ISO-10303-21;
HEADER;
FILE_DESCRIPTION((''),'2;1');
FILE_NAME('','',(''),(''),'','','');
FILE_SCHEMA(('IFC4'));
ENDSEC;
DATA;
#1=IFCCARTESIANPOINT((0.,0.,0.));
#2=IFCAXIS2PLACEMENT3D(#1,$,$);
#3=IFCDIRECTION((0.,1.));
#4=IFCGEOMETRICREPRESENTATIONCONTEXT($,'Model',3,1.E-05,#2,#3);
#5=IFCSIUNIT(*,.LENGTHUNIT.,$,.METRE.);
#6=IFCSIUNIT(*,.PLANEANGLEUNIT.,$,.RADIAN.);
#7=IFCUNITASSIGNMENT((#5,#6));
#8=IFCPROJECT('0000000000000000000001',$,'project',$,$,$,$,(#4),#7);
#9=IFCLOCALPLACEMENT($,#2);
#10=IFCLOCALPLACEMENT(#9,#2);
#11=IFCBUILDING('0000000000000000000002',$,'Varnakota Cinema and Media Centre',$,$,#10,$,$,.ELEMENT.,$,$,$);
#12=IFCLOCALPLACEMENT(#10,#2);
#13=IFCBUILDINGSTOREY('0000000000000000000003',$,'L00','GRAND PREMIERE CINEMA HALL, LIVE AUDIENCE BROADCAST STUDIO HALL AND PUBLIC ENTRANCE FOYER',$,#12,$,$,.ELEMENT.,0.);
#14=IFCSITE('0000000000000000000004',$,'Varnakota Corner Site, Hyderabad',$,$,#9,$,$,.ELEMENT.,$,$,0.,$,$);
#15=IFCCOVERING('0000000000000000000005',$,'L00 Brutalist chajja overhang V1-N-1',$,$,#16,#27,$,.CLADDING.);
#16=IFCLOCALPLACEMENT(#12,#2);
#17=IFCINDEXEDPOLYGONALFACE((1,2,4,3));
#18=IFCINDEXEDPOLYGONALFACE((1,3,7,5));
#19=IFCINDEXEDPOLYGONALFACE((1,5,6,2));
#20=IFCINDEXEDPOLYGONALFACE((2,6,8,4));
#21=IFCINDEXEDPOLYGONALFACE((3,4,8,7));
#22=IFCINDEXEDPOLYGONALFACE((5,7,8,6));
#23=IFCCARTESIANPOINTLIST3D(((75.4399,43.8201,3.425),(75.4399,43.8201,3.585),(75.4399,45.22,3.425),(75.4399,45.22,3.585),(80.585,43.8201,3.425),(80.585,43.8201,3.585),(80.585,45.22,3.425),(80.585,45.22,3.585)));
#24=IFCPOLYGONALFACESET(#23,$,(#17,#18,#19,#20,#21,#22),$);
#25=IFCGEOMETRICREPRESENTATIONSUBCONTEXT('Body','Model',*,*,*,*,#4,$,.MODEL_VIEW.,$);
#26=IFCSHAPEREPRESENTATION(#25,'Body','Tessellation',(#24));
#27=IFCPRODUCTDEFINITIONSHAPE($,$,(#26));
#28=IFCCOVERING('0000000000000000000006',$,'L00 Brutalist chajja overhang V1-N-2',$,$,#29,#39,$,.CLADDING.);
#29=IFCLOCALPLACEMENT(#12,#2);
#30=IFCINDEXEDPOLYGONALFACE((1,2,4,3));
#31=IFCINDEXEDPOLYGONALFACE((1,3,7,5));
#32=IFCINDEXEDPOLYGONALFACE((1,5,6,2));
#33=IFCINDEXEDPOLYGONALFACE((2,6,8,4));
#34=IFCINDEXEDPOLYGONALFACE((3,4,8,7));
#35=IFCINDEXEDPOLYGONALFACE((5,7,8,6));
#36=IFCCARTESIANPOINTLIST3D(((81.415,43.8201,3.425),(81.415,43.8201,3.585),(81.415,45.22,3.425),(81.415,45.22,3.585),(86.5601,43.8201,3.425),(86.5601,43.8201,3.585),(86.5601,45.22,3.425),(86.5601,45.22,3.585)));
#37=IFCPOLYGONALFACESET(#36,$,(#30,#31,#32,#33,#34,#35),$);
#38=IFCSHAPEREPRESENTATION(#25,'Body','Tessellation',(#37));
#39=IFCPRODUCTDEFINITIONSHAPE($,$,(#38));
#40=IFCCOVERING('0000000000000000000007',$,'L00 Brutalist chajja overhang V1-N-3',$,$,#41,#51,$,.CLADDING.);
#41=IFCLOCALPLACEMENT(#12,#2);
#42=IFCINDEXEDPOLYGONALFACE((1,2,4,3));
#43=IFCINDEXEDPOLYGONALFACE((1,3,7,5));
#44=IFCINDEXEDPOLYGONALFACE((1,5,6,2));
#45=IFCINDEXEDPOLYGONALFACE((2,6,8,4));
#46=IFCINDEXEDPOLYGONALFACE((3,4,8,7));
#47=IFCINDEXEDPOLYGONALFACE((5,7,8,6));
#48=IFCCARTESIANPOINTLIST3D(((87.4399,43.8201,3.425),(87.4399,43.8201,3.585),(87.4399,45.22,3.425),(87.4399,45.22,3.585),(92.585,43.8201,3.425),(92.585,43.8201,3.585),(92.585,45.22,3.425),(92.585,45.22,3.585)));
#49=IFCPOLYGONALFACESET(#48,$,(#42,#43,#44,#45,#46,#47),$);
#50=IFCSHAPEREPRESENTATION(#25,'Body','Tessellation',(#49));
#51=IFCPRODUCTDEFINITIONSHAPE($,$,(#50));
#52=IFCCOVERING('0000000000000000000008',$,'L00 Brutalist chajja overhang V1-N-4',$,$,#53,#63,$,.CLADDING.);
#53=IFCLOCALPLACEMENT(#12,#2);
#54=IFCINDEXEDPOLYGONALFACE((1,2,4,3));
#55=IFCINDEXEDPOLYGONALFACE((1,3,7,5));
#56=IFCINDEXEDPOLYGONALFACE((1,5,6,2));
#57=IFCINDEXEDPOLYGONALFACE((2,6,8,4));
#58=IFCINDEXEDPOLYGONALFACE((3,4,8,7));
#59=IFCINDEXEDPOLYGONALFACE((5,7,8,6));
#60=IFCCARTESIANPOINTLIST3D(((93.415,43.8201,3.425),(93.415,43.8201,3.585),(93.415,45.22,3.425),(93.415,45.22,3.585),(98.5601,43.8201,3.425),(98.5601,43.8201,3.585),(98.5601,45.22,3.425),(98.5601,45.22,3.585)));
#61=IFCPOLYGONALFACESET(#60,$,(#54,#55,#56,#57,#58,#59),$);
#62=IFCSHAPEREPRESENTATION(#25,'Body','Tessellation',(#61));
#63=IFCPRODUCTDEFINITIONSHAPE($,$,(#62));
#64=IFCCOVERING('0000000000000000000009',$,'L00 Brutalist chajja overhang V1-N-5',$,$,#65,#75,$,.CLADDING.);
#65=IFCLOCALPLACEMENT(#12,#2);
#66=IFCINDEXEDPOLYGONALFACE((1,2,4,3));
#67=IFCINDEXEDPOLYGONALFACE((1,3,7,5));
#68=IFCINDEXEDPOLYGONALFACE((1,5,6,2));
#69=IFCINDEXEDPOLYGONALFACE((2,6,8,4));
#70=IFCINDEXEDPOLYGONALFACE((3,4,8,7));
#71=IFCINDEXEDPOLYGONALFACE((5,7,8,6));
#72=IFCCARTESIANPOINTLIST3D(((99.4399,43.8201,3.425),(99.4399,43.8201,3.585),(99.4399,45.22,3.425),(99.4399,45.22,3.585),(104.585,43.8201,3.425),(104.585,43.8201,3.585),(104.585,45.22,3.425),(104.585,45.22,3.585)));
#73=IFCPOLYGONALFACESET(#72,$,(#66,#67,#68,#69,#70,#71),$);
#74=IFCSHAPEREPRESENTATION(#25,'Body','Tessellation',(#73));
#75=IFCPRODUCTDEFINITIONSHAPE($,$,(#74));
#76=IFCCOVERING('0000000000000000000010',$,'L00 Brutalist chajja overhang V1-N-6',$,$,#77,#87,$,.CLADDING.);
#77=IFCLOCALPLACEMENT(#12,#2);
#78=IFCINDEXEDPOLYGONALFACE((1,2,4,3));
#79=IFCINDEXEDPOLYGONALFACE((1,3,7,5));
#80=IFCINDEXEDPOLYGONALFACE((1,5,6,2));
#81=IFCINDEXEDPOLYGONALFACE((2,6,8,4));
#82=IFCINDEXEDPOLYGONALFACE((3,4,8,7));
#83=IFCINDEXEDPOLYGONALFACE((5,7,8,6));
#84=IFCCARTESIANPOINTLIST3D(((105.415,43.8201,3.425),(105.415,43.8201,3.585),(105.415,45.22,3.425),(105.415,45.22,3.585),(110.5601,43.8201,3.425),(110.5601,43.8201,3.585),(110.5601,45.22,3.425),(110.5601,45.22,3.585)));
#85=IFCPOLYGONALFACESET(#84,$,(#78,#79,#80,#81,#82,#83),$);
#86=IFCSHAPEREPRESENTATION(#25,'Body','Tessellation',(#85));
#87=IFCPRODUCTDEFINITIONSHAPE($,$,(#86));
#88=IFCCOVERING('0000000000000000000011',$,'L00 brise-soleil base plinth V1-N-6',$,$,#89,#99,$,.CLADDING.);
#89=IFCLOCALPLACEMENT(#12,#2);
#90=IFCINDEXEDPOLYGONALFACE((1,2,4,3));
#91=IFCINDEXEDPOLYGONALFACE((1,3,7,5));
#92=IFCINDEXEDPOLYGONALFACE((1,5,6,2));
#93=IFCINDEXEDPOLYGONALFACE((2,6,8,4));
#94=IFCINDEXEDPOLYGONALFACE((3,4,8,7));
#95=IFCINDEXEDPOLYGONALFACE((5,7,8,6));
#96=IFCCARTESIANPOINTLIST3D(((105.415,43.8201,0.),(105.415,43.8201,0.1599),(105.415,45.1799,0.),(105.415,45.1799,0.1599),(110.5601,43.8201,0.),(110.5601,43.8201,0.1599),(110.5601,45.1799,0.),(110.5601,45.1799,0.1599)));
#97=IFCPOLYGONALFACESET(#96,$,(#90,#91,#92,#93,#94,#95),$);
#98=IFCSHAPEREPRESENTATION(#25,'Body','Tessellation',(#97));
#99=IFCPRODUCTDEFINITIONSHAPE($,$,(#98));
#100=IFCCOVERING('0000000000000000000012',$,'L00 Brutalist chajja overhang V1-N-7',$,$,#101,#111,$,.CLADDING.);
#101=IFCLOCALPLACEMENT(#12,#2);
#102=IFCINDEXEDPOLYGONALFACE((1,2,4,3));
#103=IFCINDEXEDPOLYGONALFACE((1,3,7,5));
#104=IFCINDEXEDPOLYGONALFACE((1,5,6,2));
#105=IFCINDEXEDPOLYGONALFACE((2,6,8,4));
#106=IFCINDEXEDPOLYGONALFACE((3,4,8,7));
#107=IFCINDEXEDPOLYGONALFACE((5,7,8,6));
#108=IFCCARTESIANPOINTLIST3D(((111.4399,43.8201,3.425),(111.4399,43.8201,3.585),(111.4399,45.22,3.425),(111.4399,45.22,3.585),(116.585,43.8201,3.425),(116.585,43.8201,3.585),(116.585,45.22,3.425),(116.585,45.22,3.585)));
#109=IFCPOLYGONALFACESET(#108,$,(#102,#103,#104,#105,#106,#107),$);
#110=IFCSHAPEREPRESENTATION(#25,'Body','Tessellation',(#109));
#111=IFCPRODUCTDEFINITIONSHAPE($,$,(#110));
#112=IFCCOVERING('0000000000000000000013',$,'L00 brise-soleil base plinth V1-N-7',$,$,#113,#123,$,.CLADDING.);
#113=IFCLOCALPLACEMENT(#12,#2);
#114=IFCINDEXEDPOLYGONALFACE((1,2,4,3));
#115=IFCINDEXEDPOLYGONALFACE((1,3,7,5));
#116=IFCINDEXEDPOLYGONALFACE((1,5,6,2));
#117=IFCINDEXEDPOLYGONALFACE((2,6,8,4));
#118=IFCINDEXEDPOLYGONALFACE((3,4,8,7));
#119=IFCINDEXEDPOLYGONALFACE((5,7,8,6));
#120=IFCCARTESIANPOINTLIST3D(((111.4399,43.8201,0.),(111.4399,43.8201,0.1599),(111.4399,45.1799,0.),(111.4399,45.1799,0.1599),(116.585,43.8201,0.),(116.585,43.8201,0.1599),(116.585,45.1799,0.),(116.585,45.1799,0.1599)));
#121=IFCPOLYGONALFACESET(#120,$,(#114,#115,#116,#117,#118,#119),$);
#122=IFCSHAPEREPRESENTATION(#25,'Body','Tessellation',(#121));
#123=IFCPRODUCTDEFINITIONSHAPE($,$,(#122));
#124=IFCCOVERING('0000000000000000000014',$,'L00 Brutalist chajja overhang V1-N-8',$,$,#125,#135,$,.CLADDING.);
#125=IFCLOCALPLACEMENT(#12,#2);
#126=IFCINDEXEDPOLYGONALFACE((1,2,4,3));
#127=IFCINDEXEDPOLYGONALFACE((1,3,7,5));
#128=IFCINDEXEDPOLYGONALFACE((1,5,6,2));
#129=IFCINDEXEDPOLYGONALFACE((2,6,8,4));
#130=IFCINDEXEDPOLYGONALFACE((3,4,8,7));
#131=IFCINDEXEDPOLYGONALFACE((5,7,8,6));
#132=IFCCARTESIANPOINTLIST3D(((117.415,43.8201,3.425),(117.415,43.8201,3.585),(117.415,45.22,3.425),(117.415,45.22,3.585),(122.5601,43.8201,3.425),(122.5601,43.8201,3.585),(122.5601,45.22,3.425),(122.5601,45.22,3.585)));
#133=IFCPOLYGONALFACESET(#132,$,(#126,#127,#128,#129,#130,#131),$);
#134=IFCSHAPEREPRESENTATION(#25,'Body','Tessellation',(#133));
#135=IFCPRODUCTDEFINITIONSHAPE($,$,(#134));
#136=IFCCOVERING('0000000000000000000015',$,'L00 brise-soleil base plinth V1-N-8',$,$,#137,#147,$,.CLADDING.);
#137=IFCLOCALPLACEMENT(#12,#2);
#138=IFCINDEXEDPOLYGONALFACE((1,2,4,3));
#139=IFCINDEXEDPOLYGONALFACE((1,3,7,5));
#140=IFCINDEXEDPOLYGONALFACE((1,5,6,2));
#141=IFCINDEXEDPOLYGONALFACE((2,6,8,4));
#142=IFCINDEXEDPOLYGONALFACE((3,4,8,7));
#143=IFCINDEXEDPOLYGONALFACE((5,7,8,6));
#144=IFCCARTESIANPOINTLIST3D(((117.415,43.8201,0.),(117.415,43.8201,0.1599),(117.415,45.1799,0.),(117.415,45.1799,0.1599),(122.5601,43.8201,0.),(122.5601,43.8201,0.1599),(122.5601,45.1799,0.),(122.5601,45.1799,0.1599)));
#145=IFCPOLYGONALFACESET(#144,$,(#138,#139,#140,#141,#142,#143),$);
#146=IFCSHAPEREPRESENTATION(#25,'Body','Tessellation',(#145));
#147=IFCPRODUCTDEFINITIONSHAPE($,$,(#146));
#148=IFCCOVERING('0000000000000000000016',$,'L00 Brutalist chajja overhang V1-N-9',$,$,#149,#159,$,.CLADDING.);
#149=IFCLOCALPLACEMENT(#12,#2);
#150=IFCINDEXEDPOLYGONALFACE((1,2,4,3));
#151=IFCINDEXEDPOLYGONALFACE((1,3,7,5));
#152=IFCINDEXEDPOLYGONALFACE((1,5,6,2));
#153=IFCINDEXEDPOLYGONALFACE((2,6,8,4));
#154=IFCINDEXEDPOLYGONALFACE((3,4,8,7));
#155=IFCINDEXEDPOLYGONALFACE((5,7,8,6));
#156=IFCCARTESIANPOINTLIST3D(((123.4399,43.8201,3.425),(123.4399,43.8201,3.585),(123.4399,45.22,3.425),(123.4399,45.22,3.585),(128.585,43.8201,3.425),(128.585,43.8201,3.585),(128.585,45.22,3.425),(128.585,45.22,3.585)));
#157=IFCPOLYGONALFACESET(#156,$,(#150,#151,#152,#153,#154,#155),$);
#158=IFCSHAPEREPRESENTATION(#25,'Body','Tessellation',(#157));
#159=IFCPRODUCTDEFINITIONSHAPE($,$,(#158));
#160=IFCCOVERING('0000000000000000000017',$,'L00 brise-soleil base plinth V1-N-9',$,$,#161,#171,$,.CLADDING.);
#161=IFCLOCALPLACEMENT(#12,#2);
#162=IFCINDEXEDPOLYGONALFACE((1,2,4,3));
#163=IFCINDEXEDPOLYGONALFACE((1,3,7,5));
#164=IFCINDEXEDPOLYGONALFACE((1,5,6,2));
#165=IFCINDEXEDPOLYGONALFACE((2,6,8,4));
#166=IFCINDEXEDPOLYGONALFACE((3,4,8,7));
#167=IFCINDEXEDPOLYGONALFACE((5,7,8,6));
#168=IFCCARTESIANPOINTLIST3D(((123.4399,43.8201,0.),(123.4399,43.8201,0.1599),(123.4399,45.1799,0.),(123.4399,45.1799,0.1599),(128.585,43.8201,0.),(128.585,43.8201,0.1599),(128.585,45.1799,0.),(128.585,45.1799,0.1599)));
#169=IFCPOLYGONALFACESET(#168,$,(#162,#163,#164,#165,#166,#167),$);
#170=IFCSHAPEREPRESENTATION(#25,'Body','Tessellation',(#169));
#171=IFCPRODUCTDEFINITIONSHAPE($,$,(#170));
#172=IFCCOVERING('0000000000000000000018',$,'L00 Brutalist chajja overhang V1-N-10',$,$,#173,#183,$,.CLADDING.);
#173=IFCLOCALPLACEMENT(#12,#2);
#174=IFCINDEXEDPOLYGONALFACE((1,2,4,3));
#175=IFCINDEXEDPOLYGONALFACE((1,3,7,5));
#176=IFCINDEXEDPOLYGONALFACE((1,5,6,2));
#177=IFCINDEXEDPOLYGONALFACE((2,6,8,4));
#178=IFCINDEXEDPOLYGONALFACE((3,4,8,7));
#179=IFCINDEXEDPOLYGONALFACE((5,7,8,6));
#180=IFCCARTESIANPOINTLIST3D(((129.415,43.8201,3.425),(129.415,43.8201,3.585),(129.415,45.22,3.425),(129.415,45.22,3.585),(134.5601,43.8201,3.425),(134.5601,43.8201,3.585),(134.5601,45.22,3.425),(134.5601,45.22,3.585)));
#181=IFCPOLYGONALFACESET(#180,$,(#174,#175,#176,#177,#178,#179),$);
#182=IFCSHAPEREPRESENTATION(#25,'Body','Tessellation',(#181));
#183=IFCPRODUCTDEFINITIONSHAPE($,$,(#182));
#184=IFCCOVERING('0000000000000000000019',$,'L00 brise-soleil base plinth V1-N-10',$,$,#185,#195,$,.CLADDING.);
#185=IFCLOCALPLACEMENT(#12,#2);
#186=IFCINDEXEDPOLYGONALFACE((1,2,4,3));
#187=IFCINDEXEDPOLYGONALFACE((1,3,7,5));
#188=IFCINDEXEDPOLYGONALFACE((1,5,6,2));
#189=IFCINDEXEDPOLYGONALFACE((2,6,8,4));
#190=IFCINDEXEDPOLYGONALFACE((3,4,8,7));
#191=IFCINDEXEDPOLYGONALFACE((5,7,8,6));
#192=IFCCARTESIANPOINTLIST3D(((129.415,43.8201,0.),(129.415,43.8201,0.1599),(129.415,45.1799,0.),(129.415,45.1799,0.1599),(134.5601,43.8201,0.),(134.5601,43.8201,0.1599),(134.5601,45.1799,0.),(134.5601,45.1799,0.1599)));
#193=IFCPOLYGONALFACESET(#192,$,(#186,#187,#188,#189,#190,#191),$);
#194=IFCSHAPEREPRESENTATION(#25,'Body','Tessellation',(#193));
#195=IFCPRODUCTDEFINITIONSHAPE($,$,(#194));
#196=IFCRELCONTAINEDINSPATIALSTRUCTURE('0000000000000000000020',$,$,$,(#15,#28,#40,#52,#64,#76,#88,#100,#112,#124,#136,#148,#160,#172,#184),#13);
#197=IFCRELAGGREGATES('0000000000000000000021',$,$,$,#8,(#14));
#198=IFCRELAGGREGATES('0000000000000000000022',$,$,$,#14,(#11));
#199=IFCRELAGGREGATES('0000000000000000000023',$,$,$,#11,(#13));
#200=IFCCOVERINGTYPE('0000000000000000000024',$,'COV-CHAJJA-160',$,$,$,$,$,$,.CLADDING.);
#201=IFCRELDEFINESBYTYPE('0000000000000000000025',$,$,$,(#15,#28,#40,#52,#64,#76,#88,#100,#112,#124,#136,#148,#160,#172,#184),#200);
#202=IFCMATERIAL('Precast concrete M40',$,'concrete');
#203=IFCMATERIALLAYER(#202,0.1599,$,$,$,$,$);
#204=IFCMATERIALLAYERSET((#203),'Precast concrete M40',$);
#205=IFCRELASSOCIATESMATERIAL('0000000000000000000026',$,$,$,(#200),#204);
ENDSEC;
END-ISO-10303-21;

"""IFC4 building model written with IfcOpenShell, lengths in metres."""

from ifc_helpers import new_model, si_unit, direction, frame, origin, place, context, subcontext, project, spatial, polyline, outline, extrude, material, layer, layer_set, type_object, element, save


model = new_model("IFC4")

# Units and contexts
model_context = context("Model", 3, precision=1e-05, world=origin(), true_north=direction((0.0, 1.0)))
body_context = subcontext(model_context, "Body", "Model", "MODEL_VIEW")
ifc_project = project(units=[si_unit("LENGTHUNIT", "METRE"), si_unit("PLANEANGLEUNIT", "RADIAN")], contexts=[model_context])

# Site, building, storey
site_placement = place(None, origin())
site = spatial("IfcSite", under=ifc_project, at=site_placement, Name="Varnakota Corner Site, Hyderabad", CompositionType="ELEMENT", RefElevation=0.0)
building_placement = place(site_placement, origin())
building = spatial("IfcBuilding", under=site, at=building_placement, Name="Varnakota Cinema and Media Centre", CompositionType="ELEMENT")
storey_placement = place(building_placement, origin())
storey = spatial("IfcBuildingStorey", under=building, at=storey_placement, Name="L00", Description="GRAND PREMIERE CINEMA HALL, LIVE AUDIENCE BROADCAST STUDIO HALL AND PUBLIC ENTRANCE FOYER", CompositionType="ELEMENT", Elevation=0.0)

# Coverings
ifc_material = material(Name="Precast concrete M40", Category="concrete")
ifc_layer = layer(ifc_material, 0.1599)
ifc_layer_set = layer_set([ifc_layer], Name="Precast concrete M40")
covering_type = type_object("IfcCoveringType", Name="COV-CHAJJA-160", PredefinedType="CLADDING", material=ifc_layer_set)
covering_1_placement = place(storey_placement, frame((0.0, 0.0, 3.425)))
element("IfcCovering", 1, at=covering_1_placement, inside=storey, type_object=covering_type, Name="L00 Brutalist chajja overhang V1-N-1", PredefinedType="CLADDING", context=body_context, shape_type="SweptSolid", body=[
    extrude(outline(polyline([(75.4399, 43.8201), (80.585, 43.8201), (80.585, 45.22), (75.4399, 45.22), (75.4399, 43.8201)])), origin(), (0.0, 0.0, 1.0), 0.1599),
])
covering_2_placement = place(storey_placement, frame((0.0, 0.0, 3.425)))
element("IfcCovering", 2, at=covering_2_placement, inside=storey, type_object=covering_type, Name="L00 Brutalist chajja overhang V1-N-2", PredefinedType="CLADDING", context=body_context, shape_type="SweptSolid", body=[
    extrude(outline(polyline([(81.415, 43.8201), (86.5601, 43.8201), (86.5601, 45.22), (81.415, 45.22), (81.415, 43.8201)])), origin(), (0.0, 0.0, 1.0), 0.1599),
])
covering_3_placement = place(storey_placement, frame((0.0, 0.0, 3.425)))
element("IfcCovering", 3, at=covering_3_placement, inside=storey, type_object=covering_type, Name="L00 Brutalist chajja overhang V1-N-3", PredefinedType="CLADDING", context=body_context, shape_type="SweptSolid", body=[
    extrude(outline(polyline([(87.4399, 43.8201), (92.585, 43.8201), (92.585, 45.22), (87.4399, 45.22), (87.4399, 43.8201)])), origin(), (0.0, 0.0, 1.0), 0.1599),
])
covering_4_placement = place(storey_placement, frame((0.0, 0.0, 3.425)))
element("IfcCovering", 4, at=covering_4_placement, inside=storey, type_object=covering_type, Name="L00 Brutalist chajja overhang V1-N-4", PredefinedType="CLADDING", context=body_context, shape_type="SweptSolid", body=[
    extrude(outline(polyline([(93.415, 43.8201), (98.5601, 43.8201), (98.5601, 45.22), (93.415, 45.22), (93.415, 43.8201)])), origin(), (0.0, 0.0, 1.0), 0.1599),
])
covering_5_placement = place(storey_placement, frame((0.0, 0.0, 3.425)))
element("IfcCovering", 5, at=covering_5_placement, inside=storey, type_object=covering_type, Name="L00 Brutalist chajja overhang V1-N-5", PredefinedType="CLADDING", context=body_context, shape_type="SweptSolid", body=[
    extrude(outline(polyline([(99.4399, 43.8201), (104.585, 43.8201), (104.585, 45.22), (99.4399, 45.22), (99.4399, 43.8201)])), origin(), (0.0, 0.0, 1.0), 0.1599),
])
covering_6_placement = place(storey_placement, frame((0.0, 0.0, 3.425)))
element("IfcCovering", 6, at=covering_6_placement, inside=storey, type_object=covering_type, Name="L00 Brutalist chajja overhang V1-N-6", PredefinedType="CLADDING", context=body_context, shape_type="SweptSolid", body=[
    extrude(outline(polyline([(105.415, 43.8201), (110.5601, 43.8201), (110.5601, 45.22), (105.415, 45.22), (105.415, 43.8201)])), origin(), (0.0, 0.0, 1.0), 0.1599),
])
covering_7_placement = place(storey_placement, origin())
element("IfcCovering", 7, at=covering_7_placement, inside=storey, type_object=covering_type, Name="L00 brise-soleil base plinth V1-N-6", PredefinedType="CLADDING", context=body_context, shape_type="SweptSolid", body=[
    extrude(outline(polyline([(105.415, 43.8201), (110.5601, 43.8201), (110.5601, 45.1799), (105.415, 45.1799), (105.415, 43.8201)])), origin(), (0.0, 0.0, 1.0), 0.1599),
])
covering_8_placement = place(storey_placement, frame((0.0, 0.0, 3.425)))
element("IfcCovering", 8, at=covering_8_placement, inside=storey, type_object=covering_type, Name="L00 Brutalist chajja overhang V1-N-7", PredefinedType="CLADDING", context=body_context, shape_type="SweptSolid", body=[
    extrude(outline(polyline([(111.4399, 43.8201), (116.585, 43.8201), (116.585, 45.22), (111.4399, 45.22), (111.4399, 43.8201)])), origin(), (0.0, 0.0, 1.0), 0.1599),
])
covering_9_placement = place(storey_placement, origin())
element("IfcCovering", 9, at=covering_9_placement, inside=storey, type_object=covering_type, Name="L00 brise-soleil base plinth V1-N-7", PredefinedType="CLADDING", context=body_context, shape_type="SweptSolid", body=[
    extrude(outline(polyline([(111.4399, 43.8201), (116.585, 43.8201), (116.585, 45.1799), (111.4399, 45.1799), (111.4399, 43.8201)])), origin(), (0.0, 0.0, 1.0), 0.1599),
])
covering_10_placement = place(storey_placement, frame((0.0, 0.0, 3.425)))
element("IfcCovering", 10, at=covering_10_placement, inside=storey, type_object=covering_type, Name="L00 Brutalist chajja overhang V1-N-8", PredefinedType="CLADDING", context=body_context, shape_type="SweptSolid", body=[
    extrude(outline(polyline([(117.415, 43.8201), (122.5601, 43.8201), (122.5601, 45.22), (117.415, 45.22), (117.415, 43.8201)])), origin(), (0.0, 0.0, 1.0), 0.1599),
])
covering_11_placement = place(storey_placement, origin())
element("IfcCovering", 11, at=covering_11_placement, inside=storey, type_object=covering_type, Name="L00 brise-soleil base plinth V1-N-8", PredefinedType="CLADDING", context=body_context, shape_type="SweptSolid", body=[
    extrude(outline(polyline([(117.415, 43.8201), (122.5601, 43.8201), (122.5601, 45.1799), (117.415, 45.1799), (117.415, 43.8201)])), origin(), (0.0, 0.0, 1.0), 0.1599),
])
covering_12_placement = place(storey_placement, frame((0.0, 0.0, 3.425)))
element("IfcCovering", 12, at=covering_12_placement, inside=storey, type_object=covering_type, Name="L00 Brutalist chajja overhang V1-N-9", PredefinedType="CLADDING", context=body_context, shape_type="SweptSolid", body=[
    extrude(outline(polyline([(123.4399, 43.8201), (128.585, 43.8201), (128.585, 45.22), (123.4399, 45.22), (123.4399, 43.8201)])), origin(), (0.0, 0.0, 1.0), 0.1599),
])
covering_13_placement = place(storey_placement, origin())
element("IfcCovering", 13, at=covering_13_placement, inside=storey, type_object=covering_type, Name="L00 brise-soleil base plinth V1-N-9", PredefinedType="CLADDING", context=body_context, shape_type="SweptSolid", body=[
    extrude(outline(polyline([(123.4399, 43.8201), (128.585, 43.8201), (128.585, 45.1799), (123.4399, 45.1799), (123.4399, 43.8201)])), origin(), (0.0, 0.0, 1.0), 0.1599),
])
covering_14_placement = place(storey_placement, frame((0.0, 0.0, 3.425)))
element("IfcCovering", 14, at=covering_14_placement, inside=storey, type_object=covering_type, Name="L00 Brutalist chajja overhang V1-N-10", PredefinedType="CLADDING", context=body_context, shape_type="SweptSolid", body=[
    extrude(outline(polyline([(129.415, 43.8201), (134.5601, 43.8201), (134.5601, 45.22), (129.415, 45.22), (129.415, 43.8201)])), origin(), (0.0, 0.0, 1.0), 0.1599),
])
covering_15_placement = place(storey_placement, origin())
element("IfcCovering", 15, at=covering_15_placement, inside=storey, type_object=covering_type, Name="L00 brise-soleil base plinth V1-N-10", PredefinedType="CLADDING", context=body_context, shape_type="SweptSolid", body=[
    extrude(outline(polyline([(129.415, 43.8201), (134.5601, 43.8201), (134.5601, 45.1799), (129.415, 45.1799), (129.415, 43.8201)])), origin(), (0.0, 0.0, 1.0), 0.1599),
])

save(model, "model.ifc")
